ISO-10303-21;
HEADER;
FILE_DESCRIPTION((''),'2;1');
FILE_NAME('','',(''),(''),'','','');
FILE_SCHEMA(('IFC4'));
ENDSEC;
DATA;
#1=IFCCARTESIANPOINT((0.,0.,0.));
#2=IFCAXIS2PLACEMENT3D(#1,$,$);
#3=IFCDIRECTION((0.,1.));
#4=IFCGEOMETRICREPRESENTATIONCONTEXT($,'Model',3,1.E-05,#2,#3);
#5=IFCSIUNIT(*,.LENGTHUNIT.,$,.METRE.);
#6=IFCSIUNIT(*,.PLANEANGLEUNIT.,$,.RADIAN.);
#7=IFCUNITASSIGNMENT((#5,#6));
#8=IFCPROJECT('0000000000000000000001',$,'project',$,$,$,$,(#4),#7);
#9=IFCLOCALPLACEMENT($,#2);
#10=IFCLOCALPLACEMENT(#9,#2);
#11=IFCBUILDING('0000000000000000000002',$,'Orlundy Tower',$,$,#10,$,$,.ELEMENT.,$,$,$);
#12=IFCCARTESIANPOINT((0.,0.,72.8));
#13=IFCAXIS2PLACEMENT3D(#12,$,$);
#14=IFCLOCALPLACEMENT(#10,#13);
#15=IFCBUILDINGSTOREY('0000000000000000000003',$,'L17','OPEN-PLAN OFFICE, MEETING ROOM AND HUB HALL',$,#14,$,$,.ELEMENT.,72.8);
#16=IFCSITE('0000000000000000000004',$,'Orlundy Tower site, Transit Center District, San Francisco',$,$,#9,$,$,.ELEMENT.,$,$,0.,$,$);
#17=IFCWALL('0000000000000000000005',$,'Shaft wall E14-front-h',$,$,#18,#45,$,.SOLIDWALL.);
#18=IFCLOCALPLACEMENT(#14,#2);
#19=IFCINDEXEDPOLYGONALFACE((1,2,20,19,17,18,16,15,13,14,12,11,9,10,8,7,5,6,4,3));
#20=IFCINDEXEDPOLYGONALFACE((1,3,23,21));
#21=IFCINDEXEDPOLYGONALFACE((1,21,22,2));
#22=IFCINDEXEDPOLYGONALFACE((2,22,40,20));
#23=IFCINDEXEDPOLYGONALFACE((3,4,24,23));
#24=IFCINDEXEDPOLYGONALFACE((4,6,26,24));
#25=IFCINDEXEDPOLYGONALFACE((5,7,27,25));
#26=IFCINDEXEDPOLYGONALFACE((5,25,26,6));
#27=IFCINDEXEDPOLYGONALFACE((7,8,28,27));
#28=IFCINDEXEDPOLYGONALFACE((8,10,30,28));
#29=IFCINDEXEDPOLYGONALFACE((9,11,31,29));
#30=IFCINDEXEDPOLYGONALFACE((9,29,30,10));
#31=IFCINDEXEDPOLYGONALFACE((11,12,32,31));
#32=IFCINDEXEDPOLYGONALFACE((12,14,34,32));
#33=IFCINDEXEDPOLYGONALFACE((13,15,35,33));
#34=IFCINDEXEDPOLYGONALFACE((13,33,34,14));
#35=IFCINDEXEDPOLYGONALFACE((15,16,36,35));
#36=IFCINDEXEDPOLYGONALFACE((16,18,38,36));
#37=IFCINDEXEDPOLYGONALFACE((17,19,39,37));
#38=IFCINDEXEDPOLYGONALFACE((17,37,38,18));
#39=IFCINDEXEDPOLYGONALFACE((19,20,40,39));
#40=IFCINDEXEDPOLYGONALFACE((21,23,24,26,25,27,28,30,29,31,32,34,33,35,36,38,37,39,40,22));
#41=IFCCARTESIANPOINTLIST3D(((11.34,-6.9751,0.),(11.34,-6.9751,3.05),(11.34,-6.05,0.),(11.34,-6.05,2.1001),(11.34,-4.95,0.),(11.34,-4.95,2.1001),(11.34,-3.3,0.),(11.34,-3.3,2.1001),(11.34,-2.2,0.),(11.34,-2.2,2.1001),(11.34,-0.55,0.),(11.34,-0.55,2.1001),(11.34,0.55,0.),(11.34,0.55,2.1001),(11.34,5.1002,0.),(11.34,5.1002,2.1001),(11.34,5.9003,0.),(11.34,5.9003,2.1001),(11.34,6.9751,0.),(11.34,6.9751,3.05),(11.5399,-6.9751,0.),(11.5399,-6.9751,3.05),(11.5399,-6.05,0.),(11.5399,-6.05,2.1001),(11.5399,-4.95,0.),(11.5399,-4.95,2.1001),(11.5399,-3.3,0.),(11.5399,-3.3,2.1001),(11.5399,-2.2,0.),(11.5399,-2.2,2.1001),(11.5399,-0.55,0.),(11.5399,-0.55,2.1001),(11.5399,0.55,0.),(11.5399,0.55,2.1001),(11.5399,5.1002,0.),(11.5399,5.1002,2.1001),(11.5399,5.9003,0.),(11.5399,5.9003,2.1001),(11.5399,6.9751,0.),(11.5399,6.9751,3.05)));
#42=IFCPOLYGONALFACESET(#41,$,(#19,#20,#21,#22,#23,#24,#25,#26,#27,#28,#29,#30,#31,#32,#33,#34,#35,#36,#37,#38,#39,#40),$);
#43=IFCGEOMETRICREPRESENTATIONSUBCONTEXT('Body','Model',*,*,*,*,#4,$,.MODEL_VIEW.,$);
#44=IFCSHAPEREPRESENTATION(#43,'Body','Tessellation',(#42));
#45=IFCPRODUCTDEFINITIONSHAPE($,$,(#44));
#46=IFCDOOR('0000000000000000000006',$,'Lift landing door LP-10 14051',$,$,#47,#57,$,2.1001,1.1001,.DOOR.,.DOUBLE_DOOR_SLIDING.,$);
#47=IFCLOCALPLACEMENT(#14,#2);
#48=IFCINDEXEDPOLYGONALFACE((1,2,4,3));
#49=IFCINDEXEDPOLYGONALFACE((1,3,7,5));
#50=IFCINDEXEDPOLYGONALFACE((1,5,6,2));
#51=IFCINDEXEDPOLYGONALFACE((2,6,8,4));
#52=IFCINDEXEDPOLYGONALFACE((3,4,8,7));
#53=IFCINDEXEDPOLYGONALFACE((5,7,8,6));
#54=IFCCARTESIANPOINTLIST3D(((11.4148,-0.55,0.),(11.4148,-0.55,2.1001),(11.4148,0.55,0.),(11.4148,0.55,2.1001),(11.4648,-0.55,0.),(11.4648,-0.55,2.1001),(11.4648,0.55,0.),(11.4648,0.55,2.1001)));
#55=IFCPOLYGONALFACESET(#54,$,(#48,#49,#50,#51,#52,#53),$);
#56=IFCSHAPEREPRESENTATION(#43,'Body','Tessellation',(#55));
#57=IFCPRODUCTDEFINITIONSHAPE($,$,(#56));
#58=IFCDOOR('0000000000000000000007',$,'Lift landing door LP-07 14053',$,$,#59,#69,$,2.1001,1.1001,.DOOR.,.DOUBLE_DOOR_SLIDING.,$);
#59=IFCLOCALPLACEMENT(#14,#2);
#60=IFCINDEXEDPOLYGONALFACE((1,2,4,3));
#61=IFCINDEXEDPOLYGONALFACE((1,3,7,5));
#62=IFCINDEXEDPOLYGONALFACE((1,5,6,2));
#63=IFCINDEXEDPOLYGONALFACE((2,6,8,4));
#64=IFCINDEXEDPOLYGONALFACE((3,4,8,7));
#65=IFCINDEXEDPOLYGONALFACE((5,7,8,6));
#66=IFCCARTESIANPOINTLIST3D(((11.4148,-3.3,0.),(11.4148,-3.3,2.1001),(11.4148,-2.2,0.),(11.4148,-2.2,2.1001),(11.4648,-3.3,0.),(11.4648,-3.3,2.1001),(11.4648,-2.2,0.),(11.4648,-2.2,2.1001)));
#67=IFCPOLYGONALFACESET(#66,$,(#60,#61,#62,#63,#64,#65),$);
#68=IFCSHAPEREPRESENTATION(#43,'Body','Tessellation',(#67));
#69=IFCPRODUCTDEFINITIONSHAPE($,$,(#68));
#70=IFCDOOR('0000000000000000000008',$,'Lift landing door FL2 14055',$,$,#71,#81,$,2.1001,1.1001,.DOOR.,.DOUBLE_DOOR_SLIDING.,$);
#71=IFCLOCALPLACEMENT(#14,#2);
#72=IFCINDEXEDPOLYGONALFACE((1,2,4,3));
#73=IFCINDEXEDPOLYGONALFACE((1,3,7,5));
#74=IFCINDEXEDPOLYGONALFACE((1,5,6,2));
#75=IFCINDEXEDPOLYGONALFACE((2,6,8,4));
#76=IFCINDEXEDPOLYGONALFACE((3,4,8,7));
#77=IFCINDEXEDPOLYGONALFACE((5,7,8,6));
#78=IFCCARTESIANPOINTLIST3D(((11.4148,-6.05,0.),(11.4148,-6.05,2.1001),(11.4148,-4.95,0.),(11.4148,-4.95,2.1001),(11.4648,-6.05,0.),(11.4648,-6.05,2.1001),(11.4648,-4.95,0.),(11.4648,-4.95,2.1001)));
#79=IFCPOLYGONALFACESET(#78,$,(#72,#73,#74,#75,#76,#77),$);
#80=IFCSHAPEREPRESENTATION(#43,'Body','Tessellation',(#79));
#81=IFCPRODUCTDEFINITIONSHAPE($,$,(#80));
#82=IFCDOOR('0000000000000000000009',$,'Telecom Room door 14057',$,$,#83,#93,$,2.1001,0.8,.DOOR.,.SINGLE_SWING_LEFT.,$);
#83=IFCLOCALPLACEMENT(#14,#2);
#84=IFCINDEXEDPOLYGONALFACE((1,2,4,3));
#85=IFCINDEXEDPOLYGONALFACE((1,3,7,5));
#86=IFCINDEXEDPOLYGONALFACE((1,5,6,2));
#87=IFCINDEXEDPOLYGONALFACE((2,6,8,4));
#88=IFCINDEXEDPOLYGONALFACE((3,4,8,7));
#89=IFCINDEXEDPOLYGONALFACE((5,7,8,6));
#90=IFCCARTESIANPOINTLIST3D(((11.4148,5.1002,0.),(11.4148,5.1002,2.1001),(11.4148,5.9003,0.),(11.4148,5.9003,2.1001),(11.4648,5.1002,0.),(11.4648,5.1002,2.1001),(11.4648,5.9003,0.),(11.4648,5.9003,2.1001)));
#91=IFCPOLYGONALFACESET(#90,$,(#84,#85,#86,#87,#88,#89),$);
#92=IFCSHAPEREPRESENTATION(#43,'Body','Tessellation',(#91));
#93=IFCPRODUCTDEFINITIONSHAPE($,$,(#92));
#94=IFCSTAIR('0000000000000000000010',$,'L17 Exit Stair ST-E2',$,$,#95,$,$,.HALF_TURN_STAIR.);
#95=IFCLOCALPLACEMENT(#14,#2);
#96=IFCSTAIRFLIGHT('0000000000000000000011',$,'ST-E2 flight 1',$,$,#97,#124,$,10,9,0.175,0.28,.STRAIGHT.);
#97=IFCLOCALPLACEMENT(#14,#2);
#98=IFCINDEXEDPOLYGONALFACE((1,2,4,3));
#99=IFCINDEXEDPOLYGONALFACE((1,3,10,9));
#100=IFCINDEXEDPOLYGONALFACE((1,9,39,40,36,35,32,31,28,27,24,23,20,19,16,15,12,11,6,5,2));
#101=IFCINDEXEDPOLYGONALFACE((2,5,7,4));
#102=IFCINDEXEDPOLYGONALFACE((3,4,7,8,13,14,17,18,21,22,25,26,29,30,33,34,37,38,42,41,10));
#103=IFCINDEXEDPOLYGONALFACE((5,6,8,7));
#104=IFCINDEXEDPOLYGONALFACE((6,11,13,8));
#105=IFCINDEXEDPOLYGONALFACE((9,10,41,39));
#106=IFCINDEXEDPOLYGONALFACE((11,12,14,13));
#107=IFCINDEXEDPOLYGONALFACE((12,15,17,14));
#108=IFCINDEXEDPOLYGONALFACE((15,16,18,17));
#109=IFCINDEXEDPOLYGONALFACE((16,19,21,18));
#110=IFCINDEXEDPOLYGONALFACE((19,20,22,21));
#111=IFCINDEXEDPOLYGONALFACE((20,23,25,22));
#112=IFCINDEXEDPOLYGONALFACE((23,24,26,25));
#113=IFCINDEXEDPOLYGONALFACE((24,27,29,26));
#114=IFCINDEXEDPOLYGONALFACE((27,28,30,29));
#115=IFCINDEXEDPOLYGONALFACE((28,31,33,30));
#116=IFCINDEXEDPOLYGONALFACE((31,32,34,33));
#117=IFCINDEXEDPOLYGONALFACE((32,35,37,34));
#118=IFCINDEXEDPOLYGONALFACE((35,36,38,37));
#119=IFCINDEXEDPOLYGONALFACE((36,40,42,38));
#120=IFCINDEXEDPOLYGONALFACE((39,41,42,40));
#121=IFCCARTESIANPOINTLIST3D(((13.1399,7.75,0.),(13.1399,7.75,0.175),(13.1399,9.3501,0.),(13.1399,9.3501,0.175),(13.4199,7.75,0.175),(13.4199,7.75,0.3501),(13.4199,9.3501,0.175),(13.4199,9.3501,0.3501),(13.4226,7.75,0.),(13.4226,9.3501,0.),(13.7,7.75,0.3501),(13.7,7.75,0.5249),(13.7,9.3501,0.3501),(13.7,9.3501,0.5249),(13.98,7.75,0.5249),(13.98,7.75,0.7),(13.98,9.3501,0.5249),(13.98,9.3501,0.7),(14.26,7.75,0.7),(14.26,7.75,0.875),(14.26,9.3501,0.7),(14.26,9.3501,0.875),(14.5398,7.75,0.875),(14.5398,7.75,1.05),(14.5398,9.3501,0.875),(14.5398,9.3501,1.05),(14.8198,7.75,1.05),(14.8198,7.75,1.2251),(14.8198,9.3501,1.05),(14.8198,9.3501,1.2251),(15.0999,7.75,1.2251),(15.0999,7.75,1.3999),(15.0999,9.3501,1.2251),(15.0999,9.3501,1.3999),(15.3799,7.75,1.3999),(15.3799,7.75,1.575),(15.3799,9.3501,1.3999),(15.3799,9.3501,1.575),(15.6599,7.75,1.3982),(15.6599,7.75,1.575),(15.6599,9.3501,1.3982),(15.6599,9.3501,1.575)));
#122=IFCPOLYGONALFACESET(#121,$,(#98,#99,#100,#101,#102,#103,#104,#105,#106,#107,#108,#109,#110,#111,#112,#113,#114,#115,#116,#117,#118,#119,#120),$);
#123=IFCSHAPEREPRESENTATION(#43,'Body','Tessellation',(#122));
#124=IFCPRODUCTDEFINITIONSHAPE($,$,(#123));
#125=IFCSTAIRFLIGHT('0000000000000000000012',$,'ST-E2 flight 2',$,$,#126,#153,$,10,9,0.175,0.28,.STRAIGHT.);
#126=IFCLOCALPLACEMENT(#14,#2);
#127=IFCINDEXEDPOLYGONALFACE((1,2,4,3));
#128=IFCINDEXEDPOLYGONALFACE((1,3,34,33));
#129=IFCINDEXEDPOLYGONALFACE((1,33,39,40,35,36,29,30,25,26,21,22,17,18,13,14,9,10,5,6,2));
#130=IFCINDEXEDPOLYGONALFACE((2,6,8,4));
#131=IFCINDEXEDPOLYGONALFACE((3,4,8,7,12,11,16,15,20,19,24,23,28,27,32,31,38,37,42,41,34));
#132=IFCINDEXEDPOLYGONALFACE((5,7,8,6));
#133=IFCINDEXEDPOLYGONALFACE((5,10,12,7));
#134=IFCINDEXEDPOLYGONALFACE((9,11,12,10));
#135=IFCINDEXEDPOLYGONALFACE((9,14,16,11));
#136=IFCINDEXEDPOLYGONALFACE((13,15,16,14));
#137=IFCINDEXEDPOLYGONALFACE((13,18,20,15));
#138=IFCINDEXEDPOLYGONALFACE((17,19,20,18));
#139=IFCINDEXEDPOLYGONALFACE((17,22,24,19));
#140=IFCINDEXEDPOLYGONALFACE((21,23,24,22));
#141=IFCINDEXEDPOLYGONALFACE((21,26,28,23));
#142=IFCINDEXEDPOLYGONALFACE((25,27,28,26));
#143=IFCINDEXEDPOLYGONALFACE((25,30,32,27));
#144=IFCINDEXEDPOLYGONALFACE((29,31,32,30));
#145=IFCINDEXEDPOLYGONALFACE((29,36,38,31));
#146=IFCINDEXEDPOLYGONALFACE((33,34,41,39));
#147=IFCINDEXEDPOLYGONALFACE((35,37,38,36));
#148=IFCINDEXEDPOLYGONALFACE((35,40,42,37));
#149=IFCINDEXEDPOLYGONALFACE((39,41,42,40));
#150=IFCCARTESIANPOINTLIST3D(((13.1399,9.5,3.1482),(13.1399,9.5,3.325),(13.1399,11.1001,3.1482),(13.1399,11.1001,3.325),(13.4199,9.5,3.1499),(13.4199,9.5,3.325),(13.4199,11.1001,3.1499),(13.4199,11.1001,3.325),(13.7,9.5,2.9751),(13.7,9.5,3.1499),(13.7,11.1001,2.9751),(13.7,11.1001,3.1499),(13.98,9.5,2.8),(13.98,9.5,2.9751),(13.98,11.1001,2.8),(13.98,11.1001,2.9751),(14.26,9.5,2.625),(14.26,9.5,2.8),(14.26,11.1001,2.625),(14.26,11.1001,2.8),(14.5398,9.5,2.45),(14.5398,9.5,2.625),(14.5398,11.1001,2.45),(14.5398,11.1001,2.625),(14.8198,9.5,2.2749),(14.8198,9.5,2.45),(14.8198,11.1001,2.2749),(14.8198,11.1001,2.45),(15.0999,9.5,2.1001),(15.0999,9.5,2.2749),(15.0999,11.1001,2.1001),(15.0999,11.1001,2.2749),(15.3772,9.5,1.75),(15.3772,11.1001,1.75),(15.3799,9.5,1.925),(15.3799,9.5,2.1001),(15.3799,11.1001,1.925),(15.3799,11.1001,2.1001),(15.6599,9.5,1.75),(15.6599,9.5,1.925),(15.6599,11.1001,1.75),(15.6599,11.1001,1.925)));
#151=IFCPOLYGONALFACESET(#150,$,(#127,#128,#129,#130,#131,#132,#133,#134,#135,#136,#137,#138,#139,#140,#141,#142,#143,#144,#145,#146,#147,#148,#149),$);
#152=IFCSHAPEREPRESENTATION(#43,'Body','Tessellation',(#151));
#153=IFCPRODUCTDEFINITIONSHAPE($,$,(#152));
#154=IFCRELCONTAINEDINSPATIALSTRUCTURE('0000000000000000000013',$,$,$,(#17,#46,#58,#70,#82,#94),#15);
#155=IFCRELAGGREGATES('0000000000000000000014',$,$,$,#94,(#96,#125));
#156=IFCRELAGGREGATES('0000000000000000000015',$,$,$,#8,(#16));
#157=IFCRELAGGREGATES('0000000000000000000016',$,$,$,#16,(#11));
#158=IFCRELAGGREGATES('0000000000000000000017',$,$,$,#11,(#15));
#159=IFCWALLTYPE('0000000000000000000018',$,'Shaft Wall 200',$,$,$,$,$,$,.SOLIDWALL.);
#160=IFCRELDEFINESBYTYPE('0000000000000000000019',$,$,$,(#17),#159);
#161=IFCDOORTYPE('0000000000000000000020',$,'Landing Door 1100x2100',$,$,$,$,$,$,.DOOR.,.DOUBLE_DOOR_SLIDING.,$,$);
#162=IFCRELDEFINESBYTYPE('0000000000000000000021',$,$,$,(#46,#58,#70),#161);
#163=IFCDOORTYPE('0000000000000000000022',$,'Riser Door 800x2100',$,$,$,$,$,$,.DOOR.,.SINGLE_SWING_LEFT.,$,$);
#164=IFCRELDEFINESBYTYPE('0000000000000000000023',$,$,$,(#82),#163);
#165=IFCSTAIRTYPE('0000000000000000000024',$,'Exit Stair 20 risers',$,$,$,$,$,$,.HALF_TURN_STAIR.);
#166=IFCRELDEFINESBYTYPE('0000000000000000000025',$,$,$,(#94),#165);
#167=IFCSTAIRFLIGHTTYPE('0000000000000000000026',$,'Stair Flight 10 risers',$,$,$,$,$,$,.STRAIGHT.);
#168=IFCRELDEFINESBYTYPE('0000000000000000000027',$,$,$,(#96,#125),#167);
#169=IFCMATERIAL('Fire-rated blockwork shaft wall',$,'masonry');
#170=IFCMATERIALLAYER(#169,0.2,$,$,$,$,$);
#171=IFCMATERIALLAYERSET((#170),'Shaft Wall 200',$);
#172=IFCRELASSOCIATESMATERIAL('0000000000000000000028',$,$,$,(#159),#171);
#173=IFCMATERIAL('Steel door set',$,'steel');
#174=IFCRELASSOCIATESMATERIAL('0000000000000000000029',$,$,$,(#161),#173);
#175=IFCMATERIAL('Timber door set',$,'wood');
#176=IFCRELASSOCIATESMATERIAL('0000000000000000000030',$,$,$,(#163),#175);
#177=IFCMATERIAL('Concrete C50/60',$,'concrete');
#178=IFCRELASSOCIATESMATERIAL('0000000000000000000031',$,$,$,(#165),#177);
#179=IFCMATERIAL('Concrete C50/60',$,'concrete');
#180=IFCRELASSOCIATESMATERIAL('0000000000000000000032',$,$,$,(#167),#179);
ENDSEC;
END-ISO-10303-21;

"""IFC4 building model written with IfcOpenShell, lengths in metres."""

from ifc_helpers import new_model, si_unit, direction, frame, frame_2d, origin, place, context, subcontext, project, spatial, polyline, rectangle, outline, extrude, material, layer, layer_set, type_object, element, fill, aggregate, save


model = new_model("IFC4")

# Units and contexts
model_context = context("Model", 3, precision=1e-05, world=origin(), true_north=direction((0.0, 1.0)))
body_context = subcontext(model_context, "Body", "Model", "MODEL_VIEW")
ifc_project = project(units=[si_unit("LENGTHUNIT", "METRE"), si_unit("PLANEANGLEUNIT", "RADIAN")], contexts=[model_context])

# Site, building, storey
site_placement = place(None, origin())
site = spatial("IfcSite", under=ifc_project, at=site_placement, Name="Orlundy Tower site, Transit Center District, San Francisco", CompositionType="ELEMENT", RefElevation=0.0)
building_placement = place(site_placement, origin())
building = spatial("IfcBuilding", under=site, at=building_placement, Name="Orlundy Tower", CompositionType="ELEMENT")
storey_placement = place(building_placement, frame((0.0, 0.0, 72.8)))
storey = spatial("IfcBuildingStorey", under=building, at=storey_placement, Name="L17", Description="OPEN-PLAN OFFICE, MEETING ROOM AND HUB HALL", CompositionType="ELEMENT", Elevation=72.8)

# Shared definitions
ifc_material_1 = material(Name="Fire-rated blockwork shaft wall", Category="masonry")
ifc_layer_1 = layer(ifc_material_1, 0.2)
ifc_layer_set_1 = layer_set([ifc_layer_1], Name="Shaft Wall 200")
wall_type_1 = type_object("IfcWallType", Name="Shaft Wall 200", PredefinedType="SOLIDWALL", material=ifc_layer_set_1)

# Wall, openings, doors
wall_1_placement = place(storey_placement, frame((11.4399, 6.9751, 0.0), z_axis=(0.0, 0.0, 1.0), x_axis=(0.0, -1.0, 0.0)))
wall_1 = element("IfcWall", 1, at=wall_1_placement, inside=storey, type_object=wall_type_1, Name="Shaft wall E14-front-h", PredefinedType="SOLIDWALL", context=body_context, shape_type="SweptSolid", body=[
    extrude(rectangle(XDim=13.9502, YDim=0.2, at=frame_2d((6.9751, 0.0))), origin(), (0.0, 0.0, 1.0), 3.05),
])
opening_1_placement = place(wall_1_placement, frame((6.425, 0.0, 0.0)))
opening_1 = element("IfcOpeningElement", 2, at=opening_1_placement, cuts=wall_1, PredefinedType="OPENING", context=body_context, shape_type="SweptSolid", body=[
    extrude(rectangle(XDim=1.1001, YDim=2.1001, at=frame_2d((0.55, 1.05))), frame((0.0, 0.1101, 0.0), z_axis=(0.0, -1.0, 0.0), x_axis=(1.0, 0.0, 0.0)), (0.0, 0.0, 1.0), 0.2202),
])
opening_2_placement = place(wall_1_placement, frame((9.175, 0.0, 0.0)))
opening_2 = element("IfcOpeningElement", 3, at=opening_2_placement, cuts=wall_1, PredefinedType="OPENING", context=body_context, shape_type="SweptSolid", body=[
    extrude(rectangle(XDim=1.1001, YDim=2.1001, at=frame_2d((0.55, 1.05))), frame((0.0, 0.1101, 0.0), z_axis=(0.0, -1.0, 0.0), x_axis=(1.0, 0.0, 0.0)), (0.0, 0.0, 1.0), 0.2202),
])
opening_3_placement = place(wall_1_placement, frame((11.925, 0.0, 0.0)))
opening_3 = element("IfcOpeningElement", 4, at=opening_3_placement, cuts=wall_1, PredefinedType="OPENING", context=body_context, shape_type="SweptSolid", body=[
    extrude(rectangle(XDim=1.1001, YDim=2.1001, at=frame_2d((0.55, 1.05))), frame((0.0, 0.1101, 0.0), z_axis=(0.0, -1.0, 0.0), x_axis=(1.0, 0.0, 0.0)), (0.0, 0.0, 1.0), 0.2202),
])
opening_4_placement = place(wall_1_placement, frame((1.075, 0.0, 0.0)))
opening_4 = element("IfcOpeningElement", 5, at=opening_4_placement, cuts=wall_1, PredefinedType="OPENING", context=body_context, shape_type="SweptSolid", body=[
    extrude(rectangle(XDim=0.8, YDim=2.1001, at=frame_2d((0.3999, 1.05))), frame((0.0, 0.1101, 0.0), z_axis=(0.0, -1.0, 0.0), x_axis=(1.0, 0.0, 0.0)), (0.0, 0.0, 1.0), 0.2202),
])
ifc_material_2 = material(Name="Steel door set", Category="steel")
door_type_1 = type_object("IfcDoorType", Name="Landing Door 1100x2100", OperationType="DOUBLE_DOOR_SLIDING", PredefinedType="DOOR", material=ifc_material_2)
door_1_placement = place(opening_1_placement, origin())
door_1 = element("IfcDoor", 6, at=door_1_placement, inside=storey, type_object=door_type_1, Name="Lift landing door LP-10 14051", OperationType="DOUBLE_DOOR_SLIDING", OverallHeight=2.1001, OverallWidth=1.1001, PredefinedType="DOOR", context=body_context, shape_type="SweptSolid", body=[
    extrude(rectangle(XDim=1.1001, YDim=2.1001, at=frame_2d((0.55, 1.05))), frame((0.0, 0.0249, 0.0), z_axis=(0.0, -1.0, 0.0), x_axis=(1.0, 0.0, 0.0)), (0.0, 0.0, 1.0), 0.05),
])
fill(opening_1, door_1)
door_2_placement = place(opening_2_placement, origin())
door_2 = element("IfcDoor", 7, at=door_2_placement, inside=storey, type_object=door_type_1, Name="Lift landing door LP-07 14053", OperationType="DOUBLE_DOOR_SLIDING", OverallHeight=2.1001, OverallWidth=1.1001, PredefinedType="DOOR", context=body_context, shape_type="SweptSolid", body=[
    extrude(rectangle(XDim=1.1001, YDim=2.1001, at=frame_2d((0.55, 1.05))), frame((0.0, 0.0249, 0.0), z_axis=(0.0, -1.0, 0.0), x_axis=(1.0, 0.0, 0.0)), (0.0, 0.0, 1.0), 0.05),
])
fill(opening_2, door_2)
door_3_placement = place(opening_3_placement, origin())
door_3 = element("IfcDoor", 8, at=door_3_placement, inside=storey, type_object=door_type_1, Name="Lift landing door FL2 14055", OperationType="DOUBLE_DOOR_SLIDING", OverallHeight=2.1001, OverallWidth=1.1001, PredefinedType="DOOR", context=body_context, shape_type="SweptSolid", body=[
    extrude(rectangle(XDim=1.1001, YDim=2.1001, at=frame_2d((0.55, 1.05))), frame((0.0, 0.0249, 0.0), z_axis=(0.0, -1.0, 0.0), x_axis=(1.0, 0.0, 0.0)), (0.0, 0.0, 1.0), 0.05),
])
fill(opening_3, door_3)
ifc_material_3 = material(Name="Timber door set", Category="wood")
door_type_2 = type_object("IfcDoorType", Name="Riser Door 800x2100", OperationType="SINGLE_SWING_LEFT", PredefinedType="DOOR", material=ifc_material_3)
door_4_placement = place(opening_4_placement, origin())
door_4 = element("IfcDoor", 9, at=door_4_placement, inside=storey, type_object=door_type_2, Name="Telecom Room door 14057", OperationType="SINGLE_SWING_LEFT", OverallHeight=2.1001, OverallWidth=0.8, PredefinedType="DOOR", context=body_context, shape_type="SweptSolid", body=[
    extrude(rectangle(XDim=0.8, YDim=2.1001, at=frame_2d((0.3999, 1.05))), frame((0.0, 0.0249, 0.0), z_axis=(0.0, -1.0, 0.0), x_axis=(1.0, 0.0, 0.0)), (0.0, 0.0, 1.0), 0.05),
])
fill(opening_4, door_4)

# Stair, stair flights
ifc_material_4 = material(Name="Concrete C50/60", Category="concrete")
stair_type = type_object("IfcStairType", Name="Exit Stair 20 risers", PredefinedType="HALF_TURN_STAIR", material=ifc_material_4)
stair_placement = place(storey_placement, origin())
stair = element("IfcStair", 10, at=stair_placement, inside=storey, type_object=stair_type, Name="L17 Exit Stair ST-E2", PredefinedType="HALF_TURN_STAIR")
ifc_material_5 = material(Name="Concrete C50/60", Category="concrete")
stair_flight_type = type_object("IfcStairFlightType", Name="Stair Flight 10 risers", PredefinedType="STRAIGHT", material=ifc_material_5)
stair_flight_1_placement = place(storey_placement, frame((13.1399, 8.55, 0.0), z_axis=(0.0, 0.0, 1.0), x_axis=(1.0, 0.0, 0.0)))
stair_flight_1 = element("IfcStairFlight", 11, at=stair_flight_1_placement, type_object=stair_flight_type, Name="ST-E2 flight 1", NumberOfRisers=10, NumberOfTreads=9, PredefinedType="STRAIGHT", RiserHeight=0.175, TreadLength=0.28, context=body_context, shape_type="SweptSolid", body=[
    extrude(outline(polyline([(0.0, 0.0), (0.0, 0.175), (0.28, 0.175), (0.28, 0.3501), (0.5601, 0.3501), (0.5601, 0.5249), (0.8401, 0.5249), (0.8401, 0.7), (1.1201, 0.7), (1.1201, 0.875), (1.3999, 0.875), (1.3999, 1.05), (1.6799, 1.05), (1.6799, 1.2251), (1.96, 1.2251), (1.96, 1.3999), (2.24, 1.3999), (2.24, 1.575), (2.52, 1.575), (2.52, 1.75), (2.52, 1.3982), (0.2827, 0.0), (0.0, 0.0)])), frame((0.0, 0.8, 0.0), z_axis=(0.0, -1.0, 0.0), x_axis=(1.0, 0.0, 0.0)), (0.0, 0.0, 1.0), 1.6001),
])
stair_flight_2_placement = place(storey_placement, frame((15.6599, 10.3, 1.75), z_axis=(0.0, 0.0, 1.0), x_axis=(-1.0, 0.0, 0.0)))
stair_flight_2 = element("IfcStairFlight", 12, at=stair_flight_2_placement, type_object=stair_flight_type, Name="ST-E2 flight 2", NumberOfRisers=10, NumberOfTreads=9, PredefinedType="STRAIGHT", RiserHeight=0.175, TreadLength=0.28, context=body_context, shape_type="SweptSolid", body=[
    extrude(outline(polyline([(0.0, 0.0), (0.0, 0.175), (0.28, 0.175), (0.28, 0.3501), (0.5601, 0.3501), (0.5601, 0.5249), (0.8401, 0.5249), (0.8401, 0.7), (1.1201, 0.7), (1.1201, 0.875), (1.3999, 0.875), (1.3999, 1.05), (1.6799, 1.05), (1.6799, 1.2251), (1.96, 1.2251), (1.96, 1.3999), (2.24, 1.3999), (2.24, 1.575), (2.52, 1.575), (2.52, 1.75), (2.52, 1.3982), (0.2827, 0.0), (0.0, 0.0)])), frame((0.0, 0.8, 0.0), z_axis=(0.0, -1.0, 0.0), x_axis=(1.0, 0.0, 0.0)), (0.0, 0.0, 1.0), 1.6001),
])
aggregate(stair, [stair_flight_1, stair_flight_2])

save(model, "model.ifc")
